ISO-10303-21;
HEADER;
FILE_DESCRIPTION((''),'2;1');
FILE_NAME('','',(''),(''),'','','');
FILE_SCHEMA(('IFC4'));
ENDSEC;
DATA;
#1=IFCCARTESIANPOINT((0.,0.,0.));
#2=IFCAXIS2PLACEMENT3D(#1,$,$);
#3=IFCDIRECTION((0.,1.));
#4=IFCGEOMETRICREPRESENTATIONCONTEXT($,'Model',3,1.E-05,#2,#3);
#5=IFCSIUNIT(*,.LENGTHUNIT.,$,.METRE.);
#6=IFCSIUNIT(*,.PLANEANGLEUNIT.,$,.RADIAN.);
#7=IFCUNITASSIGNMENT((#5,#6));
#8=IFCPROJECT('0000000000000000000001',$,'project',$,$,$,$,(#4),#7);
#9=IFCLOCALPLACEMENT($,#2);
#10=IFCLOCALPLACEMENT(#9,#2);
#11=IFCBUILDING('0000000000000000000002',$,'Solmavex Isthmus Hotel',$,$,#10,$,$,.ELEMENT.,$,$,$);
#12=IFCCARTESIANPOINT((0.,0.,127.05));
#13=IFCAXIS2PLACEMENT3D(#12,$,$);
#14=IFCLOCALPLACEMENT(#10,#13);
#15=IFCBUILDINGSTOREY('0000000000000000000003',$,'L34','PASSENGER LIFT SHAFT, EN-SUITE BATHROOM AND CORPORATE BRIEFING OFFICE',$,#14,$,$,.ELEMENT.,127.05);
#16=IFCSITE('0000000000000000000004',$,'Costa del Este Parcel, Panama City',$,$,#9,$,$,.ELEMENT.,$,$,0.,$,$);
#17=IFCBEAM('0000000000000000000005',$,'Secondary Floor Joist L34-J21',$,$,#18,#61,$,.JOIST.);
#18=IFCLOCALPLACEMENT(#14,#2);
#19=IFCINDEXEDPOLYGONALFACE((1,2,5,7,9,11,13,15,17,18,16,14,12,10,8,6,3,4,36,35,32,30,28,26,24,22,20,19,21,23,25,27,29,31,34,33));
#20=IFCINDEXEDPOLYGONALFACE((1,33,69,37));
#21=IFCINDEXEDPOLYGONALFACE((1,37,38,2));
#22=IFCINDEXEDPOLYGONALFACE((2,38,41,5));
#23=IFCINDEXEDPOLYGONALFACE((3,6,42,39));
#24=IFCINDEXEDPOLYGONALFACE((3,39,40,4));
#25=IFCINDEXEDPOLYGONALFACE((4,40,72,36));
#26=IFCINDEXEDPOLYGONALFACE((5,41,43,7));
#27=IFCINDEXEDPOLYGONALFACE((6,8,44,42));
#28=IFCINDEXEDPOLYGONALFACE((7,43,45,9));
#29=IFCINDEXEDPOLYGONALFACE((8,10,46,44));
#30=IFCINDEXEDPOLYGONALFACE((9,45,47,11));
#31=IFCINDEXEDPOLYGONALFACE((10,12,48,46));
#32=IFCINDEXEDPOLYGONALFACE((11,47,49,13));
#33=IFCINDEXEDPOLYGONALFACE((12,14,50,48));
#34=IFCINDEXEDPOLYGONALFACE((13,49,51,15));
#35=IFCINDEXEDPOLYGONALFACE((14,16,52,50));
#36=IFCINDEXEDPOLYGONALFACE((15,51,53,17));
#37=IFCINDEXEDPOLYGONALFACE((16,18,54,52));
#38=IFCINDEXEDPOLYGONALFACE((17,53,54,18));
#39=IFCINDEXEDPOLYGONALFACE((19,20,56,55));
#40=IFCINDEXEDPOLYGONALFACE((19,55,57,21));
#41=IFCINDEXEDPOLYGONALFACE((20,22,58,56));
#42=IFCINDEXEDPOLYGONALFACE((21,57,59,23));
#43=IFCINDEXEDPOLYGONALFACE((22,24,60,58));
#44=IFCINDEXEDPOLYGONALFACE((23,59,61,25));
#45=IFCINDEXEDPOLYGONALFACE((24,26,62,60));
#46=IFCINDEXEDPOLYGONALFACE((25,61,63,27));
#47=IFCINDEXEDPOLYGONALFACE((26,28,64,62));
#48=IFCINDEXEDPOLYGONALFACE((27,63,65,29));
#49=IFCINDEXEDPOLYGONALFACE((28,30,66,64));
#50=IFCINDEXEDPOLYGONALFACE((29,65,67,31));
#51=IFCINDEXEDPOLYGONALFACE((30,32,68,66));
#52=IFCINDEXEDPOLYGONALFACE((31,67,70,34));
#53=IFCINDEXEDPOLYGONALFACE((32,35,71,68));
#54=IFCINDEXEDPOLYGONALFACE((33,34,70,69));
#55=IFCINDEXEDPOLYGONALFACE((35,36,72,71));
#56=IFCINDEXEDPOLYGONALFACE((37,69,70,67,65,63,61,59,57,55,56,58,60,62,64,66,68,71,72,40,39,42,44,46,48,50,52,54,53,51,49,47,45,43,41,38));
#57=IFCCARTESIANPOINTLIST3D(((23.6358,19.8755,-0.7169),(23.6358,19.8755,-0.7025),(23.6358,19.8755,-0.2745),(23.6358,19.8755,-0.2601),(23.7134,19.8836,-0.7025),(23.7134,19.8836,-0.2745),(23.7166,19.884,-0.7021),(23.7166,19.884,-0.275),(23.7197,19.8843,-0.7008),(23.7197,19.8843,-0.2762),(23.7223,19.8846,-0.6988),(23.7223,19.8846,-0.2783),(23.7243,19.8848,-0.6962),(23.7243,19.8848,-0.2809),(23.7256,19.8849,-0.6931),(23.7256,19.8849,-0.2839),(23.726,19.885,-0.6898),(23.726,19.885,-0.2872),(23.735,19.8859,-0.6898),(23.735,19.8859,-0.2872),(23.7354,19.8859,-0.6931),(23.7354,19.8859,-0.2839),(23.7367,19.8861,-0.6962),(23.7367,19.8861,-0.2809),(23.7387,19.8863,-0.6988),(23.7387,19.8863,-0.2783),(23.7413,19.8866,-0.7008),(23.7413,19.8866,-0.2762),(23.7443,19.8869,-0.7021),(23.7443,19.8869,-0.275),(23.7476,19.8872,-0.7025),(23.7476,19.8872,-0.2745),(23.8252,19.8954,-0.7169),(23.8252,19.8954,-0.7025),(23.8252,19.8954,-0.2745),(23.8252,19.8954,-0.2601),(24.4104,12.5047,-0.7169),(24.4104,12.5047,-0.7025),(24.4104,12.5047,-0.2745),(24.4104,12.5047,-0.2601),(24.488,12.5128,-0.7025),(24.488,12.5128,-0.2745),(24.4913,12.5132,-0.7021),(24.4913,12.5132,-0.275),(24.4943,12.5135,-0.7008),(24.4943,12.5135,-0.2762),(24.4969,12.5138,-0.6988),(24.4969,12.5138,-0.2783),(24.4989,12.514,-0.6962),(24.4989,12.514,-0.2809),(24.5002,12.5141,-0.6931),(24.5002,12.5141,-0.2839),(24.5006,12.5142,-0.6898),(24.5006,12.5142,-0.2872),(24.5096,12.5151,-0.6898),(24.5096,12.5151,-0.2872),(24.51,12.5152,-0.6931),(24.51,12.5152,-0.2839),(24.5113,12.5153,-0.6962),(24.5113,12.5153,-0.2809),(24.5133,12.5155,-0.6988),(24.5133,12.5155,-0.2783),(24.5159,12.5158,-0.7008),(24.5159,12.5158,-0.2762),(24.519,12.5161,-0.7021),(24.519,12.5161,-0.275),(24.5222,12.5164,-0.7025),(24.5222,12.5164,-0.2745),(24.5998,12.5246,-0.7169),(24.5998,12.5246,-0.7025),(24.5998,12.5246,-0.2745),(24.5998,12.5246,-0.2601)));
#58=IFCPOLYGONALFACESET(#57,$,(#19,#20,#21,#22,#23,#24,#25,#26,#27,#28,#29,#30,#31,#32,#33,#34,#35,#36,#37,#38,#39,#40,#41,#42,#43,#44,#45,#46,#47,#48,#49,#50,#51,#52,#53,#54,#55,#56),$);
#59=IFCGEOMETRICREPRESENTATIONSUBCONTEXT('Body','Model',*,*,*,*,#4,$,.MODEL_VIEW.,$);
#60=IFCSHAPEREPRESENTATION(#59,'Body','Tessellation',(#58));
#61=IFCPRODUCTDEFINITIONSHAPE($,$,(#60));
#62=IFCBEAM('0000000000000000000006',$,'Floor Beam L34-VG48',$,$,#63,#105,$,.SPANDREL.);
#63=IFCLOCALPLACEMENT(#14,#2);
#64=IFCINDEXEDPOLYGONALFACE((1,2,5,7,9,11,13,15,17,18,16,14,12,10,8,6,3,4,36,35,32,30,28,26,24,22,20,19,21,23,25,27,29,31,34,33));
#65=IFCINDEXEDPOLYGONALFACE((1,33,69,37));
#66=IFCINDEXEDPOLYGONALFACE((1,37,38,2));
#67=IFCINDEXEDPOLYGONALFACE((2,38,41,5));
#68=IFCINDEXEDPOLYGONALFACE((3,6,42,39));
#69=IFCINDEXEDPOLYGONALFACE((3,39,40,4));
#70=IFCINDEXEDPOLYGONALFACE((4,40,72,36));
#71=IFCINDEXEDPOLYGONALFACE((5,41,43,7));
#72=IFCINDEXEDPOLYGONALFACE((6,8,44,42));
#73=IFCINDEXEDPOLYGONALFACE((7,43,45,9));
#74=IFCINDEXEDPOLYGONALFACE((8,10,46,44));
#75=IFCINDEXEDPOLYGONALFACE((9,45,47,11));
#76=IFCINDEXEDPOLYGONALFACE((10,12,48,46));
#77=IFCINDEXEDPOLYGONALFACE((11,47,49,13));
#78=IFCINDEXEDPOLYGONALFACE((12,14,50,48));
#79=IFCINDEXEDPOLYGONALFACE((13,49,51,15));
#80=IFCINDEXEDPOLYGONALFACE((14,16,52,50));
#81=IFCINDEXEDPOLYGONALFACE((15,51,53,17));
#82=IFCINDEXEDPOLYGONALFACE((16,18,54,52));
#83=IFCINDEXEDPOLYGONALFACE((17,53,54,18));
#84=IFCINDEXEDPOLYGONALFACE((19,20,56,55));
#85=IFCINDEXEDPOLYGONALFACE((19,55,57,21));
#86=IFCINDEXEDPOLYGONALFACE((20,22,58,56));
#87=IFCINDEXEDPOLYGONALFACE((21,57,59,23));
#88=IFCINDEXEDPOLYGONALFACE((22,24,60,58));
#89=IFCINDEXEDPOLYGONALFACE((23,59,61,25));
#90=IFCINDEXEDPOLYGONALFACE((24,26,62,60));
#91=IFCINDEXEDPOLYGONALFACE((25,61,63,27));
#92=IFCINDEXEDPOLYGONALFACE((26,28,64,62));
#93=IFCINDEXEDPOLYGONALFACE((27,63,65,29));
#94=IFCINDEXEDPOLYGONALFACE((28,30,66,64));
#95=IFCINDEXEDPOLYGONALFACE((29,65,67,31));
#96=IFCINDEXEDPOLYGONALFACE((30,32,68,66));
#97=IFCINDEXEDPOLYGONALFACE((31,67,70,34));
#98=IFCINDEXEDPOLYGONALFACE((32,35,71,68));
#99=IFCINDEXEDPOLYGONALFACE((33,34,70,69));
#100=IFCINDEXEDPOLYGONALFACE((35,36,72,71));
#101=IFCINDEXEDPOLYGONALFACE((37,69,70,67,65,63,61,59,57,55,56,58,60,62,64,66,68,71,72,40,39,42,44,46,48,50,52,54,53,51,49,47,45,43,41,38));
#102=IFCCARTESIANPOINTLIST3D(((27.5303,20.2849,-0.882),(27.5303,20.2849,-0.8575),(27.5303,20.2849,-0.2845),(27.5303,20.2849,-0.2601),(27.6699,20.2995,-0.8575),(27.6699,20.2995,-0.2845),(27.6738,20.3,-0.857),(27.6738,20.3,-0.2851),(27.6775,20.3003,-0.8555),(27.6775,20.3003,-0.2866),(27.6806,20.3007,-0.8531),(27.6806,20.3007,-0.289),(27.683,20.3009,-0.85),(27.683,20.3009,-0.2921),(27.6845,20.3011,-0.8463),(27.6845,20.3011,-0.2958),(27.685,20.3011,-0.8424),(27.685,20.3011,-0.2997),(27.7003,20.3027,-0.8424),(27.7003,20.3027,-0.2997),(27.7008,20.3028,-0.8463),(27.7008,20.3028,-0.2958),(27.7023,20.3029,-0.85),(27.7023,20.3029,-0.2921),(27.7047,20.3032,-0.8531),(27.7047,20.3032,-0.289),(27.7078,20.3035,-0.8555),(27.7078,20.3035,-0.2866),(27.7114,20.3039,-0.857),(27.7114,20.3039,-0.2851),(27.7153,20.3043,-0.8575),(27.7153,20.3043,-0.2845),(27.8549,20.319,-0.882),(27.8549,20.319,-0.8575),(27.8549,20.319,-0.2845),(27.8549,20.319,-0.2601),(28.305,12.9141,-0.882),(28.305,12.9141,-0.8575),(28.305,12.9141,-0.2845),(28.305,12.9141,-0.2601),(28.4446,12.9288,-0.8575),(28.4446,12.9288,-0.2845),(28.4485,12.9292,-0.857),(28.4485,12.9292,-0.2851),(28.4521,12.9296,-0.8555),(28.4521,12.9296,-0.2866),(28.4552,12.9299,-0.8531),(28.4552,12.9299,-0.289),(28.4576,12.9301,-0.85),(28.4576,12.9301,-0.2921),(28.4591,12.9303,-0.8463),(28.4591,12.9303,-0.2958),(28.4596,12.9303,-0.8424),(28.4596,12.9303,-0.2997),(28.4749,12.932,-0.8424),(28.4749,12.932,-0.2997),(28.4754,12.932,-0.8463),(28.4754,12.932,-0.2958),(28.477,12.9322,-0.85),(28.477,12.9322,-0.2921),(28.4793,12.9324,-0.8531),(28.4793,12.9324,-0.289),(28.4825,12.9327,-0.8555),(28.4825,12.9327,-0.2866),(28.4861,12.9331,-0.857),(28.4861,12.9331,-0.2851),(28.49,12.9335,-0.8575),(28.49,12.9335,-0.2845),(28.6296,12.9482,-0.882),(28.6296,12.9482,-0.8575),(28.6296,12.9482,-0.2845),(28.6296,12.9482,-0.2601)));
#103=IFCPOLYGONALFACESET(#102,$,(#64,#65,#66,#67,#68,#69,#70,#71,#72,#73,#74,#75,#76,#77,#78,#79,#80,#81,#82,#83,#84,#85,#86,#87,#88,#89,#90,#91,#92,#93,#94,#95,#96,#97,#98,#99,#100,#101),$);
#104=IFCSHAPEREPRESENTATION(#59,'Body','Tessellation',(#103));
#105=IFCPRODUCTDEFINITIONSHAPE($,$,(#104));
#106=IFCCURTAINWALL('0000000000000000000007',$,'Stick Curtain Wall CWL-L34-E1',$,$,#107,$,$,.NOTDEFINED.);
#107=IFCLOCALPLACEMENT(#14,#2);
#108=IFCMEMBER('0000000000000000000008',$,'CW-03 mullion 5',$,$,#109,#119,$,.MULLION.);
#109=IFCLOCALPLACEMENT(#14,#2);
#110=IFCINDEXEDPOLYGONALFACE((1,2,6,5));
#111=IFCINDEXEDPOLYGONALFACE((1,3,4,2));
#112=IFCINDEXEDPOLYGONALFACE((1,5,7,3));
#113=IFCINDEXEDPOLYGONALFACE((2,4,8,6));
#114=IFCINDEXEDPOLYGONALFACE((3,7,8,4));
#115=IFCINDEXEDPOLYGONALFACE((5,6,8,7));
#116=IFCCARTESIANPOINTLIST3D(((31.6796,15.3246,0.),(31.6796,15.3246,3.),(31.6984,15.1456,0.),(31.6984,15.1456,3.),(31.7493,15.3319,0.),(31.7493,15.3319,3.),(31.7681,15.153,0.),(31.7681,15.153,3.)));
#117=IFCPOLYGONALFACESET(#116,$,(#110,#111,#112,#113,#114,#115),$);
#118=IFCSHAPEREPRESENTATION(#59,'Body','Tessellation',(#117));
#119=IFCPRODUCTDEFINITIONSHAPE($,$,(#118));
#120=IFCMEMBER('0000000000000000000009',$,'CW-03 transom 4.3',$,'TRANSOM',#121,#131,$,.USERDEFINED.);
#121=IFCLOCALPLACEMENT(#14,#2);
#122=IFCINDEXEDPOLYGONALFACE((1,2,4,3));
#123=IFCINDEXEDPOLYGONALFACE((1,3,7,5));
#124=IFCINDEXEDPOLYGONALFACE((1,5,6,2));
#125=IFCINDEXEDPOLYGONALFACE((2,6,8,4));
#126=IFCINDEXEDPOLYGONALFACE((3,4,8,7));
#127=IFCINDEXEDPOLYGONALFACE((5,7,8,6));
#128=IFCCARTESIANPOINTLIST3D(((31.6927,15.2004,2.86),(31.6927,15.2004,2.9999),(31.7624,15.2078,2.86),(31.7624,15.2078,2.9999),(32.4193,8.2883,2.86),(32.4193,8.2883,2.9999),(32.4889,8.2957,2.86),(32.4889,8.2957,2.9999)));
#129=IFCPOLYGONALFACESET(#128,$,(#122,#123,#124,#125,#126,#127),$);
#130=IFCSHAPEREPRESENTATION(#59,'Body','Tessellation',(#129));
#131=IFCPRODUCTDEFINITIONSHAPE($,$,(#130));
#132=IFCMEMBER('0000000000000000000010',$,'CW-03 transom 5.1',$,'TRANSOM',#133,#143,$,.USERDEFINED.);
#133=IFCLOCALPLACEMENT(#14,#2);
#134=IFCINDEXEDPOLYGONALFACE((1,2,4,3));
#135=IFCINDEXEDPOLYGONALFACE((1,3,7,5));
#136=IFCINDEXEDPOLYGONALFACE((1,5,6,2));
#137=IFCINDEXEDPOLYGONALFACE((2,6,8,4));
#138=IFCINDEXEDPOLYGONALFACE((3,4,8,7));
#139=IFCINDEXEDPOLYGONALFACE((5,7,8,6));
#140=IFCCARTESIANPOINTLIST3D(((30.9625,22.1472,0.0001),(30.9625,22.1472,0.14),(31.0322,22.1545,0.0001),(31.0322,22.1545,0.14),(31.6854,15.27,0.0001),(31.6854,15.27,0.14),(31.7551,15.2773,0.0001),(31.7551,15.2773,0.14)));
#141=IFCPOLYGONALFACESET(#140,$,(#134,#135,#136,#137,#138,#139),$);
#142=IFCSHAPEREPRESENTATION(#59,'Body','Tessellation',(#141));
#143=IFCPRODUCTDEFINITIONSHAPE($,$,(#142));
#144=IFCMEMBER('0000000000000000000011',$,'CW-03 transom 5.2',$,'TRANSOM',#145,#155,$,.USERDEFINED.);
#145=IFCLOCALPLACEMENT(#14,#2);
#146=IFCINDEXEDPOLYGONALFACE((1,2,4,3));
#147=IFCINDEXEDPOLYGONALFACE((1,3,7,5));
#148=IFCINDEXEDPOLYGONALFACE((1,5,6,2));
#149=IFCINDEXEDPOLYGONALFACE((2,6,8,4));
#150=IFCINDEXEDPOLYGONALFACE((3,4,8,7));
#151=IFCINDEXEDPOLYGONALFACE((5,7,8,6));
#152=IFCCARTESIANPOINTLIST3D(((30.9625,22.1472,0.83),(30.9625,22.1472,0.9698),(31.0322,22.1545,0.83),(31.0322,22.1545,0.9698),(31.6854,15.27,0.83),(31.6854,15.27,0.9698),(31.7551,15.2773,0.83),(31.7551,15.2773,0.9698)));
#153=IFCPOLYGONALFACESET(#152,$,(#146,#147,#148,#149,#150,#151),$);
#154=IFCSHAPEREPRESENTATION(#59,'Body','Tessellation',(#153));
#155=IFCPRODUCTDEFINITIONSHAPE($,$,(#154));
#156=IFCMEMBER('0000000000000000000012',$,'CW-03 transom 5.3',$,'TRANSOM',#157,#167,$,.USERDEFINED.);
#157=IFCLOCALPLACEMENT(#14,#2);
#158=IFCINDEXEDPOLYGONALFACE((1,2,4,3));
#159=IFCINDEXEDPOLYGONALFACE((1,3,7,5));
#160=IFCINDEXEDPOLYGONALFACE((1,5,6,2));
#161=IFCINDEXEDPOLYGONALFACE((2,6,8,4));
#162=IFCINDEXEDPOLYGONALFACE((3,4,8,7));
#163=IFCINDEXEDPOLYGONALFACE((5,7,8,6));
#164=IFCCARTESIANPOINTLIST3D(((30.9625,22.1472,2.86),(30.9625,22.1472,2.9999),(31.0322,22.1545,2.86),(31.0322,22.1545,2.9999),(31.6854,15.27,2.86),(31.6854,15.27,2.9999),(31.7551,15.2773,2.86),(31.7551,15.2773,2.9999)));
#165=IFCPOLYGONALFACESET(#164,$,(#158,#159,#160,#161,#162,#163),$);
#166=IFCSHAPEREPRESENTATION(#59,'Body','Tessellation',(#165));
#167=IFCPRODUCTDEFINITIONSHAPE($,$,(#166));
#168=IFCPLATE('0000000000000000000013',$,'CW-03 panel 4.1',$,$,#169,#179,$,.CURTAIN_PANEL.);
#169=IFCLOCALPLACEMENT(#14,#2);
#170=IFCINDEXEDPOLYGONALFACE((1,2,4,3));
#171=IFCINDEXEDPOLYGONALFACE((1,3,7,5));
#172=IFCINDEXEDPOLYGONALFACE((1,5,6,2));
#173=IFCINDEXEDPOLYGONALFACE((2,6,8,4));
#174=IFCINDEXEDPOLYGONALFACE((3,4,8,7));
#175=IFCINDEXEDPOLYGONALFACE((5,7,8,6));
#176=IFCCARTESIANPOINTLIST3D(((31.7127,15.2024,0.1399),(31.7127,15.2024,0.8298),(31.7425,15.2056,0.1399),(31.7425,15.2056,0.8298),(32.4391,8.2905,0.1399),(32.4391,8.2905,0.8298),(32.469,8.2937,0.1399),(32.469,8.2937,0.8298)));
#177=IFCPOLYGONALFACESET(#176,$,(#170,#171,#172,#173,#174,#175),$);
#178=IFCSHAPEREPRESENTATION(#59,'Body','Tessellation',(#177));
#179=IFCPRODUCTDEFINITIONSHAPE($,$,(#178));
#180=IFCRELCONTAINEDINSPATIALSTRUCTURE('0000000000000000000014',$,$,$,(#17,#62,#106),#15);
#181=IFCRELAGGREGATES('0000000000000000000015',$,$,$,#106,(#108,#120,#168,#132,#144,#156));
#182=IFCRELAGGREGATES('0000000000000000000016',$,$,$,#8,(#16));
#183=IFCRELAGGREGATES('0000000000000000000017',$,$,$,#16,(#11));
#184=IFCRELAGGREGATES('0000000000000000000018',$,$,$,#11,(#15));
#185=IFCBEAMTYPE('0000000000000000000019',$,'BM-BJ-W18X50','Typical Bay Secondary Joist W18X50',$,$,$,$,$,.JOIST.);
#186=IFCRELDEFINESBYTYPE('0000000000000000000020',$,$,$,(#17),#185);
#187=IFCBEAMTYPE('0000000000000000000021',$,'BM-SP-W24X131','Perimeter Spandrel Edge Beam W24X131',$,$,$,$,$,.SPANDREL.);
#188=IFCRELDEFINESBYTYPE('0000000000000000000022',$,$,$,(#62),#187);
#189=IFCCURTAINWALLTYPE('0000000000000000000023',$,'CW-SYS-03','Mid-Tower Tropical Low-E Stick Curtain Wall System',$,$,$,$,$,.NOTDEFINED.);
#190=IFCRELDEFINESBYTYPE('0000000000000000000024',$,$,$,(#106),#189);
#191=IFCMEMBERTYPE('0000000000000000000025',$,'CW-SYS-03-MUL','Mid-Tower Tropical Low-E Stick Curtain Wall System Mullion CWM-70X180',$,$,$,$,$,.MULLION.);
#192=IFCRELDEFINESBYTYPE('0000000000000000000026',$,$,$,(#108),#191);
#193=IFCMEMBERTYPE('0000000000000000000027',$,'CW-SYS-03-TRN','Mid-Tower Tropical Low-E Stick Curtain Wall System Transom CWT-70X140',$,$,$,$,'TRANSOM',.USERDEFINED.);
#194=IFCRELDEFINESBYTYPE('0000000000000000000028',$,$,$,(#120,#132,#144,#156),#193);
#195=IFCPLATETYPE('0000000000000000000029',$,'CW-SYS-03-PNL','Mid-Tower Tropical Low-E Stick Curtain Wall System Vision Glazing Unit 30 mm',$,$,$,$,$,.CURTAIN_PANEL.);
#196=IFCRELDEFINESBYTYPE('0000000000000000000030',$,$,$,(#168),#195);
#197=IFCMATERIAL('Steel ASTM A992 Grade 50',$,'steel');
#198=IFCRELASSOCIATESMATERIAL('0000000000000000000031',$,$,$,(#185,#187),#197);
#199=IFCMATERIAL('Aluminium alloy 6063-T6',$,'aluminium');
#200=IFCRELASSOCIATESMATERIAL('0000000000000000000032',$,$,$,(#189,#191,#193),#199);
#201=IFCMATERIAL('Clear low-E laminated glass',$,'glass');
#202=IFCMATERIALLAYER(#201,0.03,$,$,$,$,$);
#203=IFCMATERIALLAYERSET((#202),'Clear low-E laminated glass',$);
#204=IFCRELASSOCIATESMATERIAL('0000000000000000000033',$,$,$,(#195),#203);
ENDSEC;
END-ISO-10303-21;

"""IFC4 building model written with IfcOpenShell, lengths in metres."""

from ifc_helpers import new_model, si_unit, direction, frame, origin, origin_2d, place, context, subcontext, project, spatial, rectangle, i_section, extrude, material, layer, layer_set, material_profile, profile_set, type_object, element, aggregate, save


model = new_model("IFC4")

# Units and contexts
model_context = context("Model", 3, precision=1e-05, world=origin(), true_north=direction((0.0, 1.0)))
body_context = subcontext(model_context, "Body", "Model", "MODEL_VIEW")
ifc_project = project(units=[si_unit("LENGTHUNIT", "METRE"), si_unit("PLANEANGLEUNIT", "RADIAN")], contexts=[model_context])

# Site, building, storey
site_placement = place(None, origin())
site = spatial("IfcSite", under=ifc_project, at=site_placement, Name="Costa del Este Parcel, Panama City", CompositionType="ELEMENT", RefElevation=0.0)
building_placement = place(site_placement, origin())
building = spatial("IfcBuilding", under=site, at=building_placement, Name="Solmavex Isthmus Hotel", CompositionType="ELEMENT")
storey_placement = place(building_placement, frame((0.0, 0.0, 127.05)))
storey = spatial("IfcBuildingStorey", under=building, at=storey_placement, Name="L34", Description="PASSENGER LIFT SHAFT, EN-SUITE BATHROOM AND CORPORATE BRIEFING OFFICE", CompositionType="ELEMENT", Elevation=127.05)

# Beams
ifc_material_1 = material(Name="Steel ASTM A992 Grade 50", Category="steel")
ifc_material_profile_1 = material_profile(ifc_material_1, i_section(OverallWidth=0.1904, OverallDepth=0.4568, WebThickness=0.009, FlangeThickness=0.0144, FilletRadius=0.0127, at=origin_2d()), Name="W18X50")
ifc_profile_set_1 = profile_set([ifc_material_profile_1], Name="Steel ASTM A992 Grade 50")
beam_type_1 = type_object("IfcBeamType", Name="BM-BJ-W18X50", Description="Typical Bay Secondary Joist W18X50", PredefinedType="JOIST", material=ifc_profile_set_1)
beam_1_placement = place(storey_placement, frame((24.5051, 12.5146, -0.4885), z_axis=(-0.104522, 0.994523, 0.0), x_axis=(-0.994523, -0.104522, 0.0)))
element("IfcBeam", 1, at=beam_1_placement, inside=storey, type_object=beam_type_1, Name="Secondary Floor Joist L34-J21", PredefinedType="JOIST", context=body_context, shape_type="SweptSolid", body=[
    extrude(i_section(OverallWidth=0.1904, OverallDepth=0.4568, WebThickness=0.009, FlangeThickness=0.0144, FilletRadius=0.0127, at=origin_2d()), origin(), (0.0, 0.0, 1.0), 7.4114),
])
ifc_material_profile_2 = material_profile(ifc_material_1, i_section(OverallWidth=0.3264, OverallDepth=0.6218, WebThickness=0.0154, FlangeThickness=0.0244, FilletRadius=0.0151, at=origin_2d()), Name="W24X131")
ifc_profile_set_2 = profile_set([ifc_material_profile_2], Name="Steel ASTM A992 Grade 50")
beam_type_2 = type_object("IfcBeamType", Name="BM-SP-W24X131", Description="Perimeter Spandrel Edge Beam W24X131", PredefinedType="SPANDREL", material=ifc_profile_set_2)
beam_2_placement = place(storey_placement, frame((28.4673, 12.9312, -0.571), z_axis=(-0.104522, 0.994523, 0.0), x_axis=(-0.994523, -0.104522, 0.0)))
element("IfcBeam", 2, at=beam_2_placement, inside=storey, type_object=beam_type_2, Name="Floor Beam L34-VG48", PredefinedType="SPANDREL", context=body_context, shape_type="SweptSolid", body=[
    extrude(i_section(OverallWidth=0.3264, OverallDepth=0.6218, WebThickness=0.0154, FlangeThickness=0.0244, FilletRadius=0.0151, at=origin_2d()), origin(), (0.0, 0.0, 1.0), 7.4114),
])

# Curtain wall, members, plate
ifc_material_2 = material(Name="Aluminium alloy 6063-T6", Category="aluminium")
curtain_wall_type = type_object("IfcCurtainWallType", Name="CW-SYS-03", Description="Mid-Tower Tropical Low-E Stick Curtain Wall System", PredefinedType="NOTDEFINED", material=ifc_material_2)
curtain_wall_placement = place(storey_placement, origin())
curtain_wall = element("IfcCurtainWall", 3, at=curtain_wall_placement, inside=storey, type_object=curtain_wall_type, Name="Stick Curtain Wall CWL-L34-E1", PredefinedType="NOTDEFINED")
ifc_material_profile_3 = material_profile(ifc_material_2, rectangle(XDim=0.0701, YDim=0.1799, at=origin_2d()), Name="CWM-70X180")
ifc_profile_set_3 = profile_set([ifc_material_profile_3], Name="Aluminium alloy 6063-T6")
member_type_1 = type_object("IfcMemberType", Name="CW-SYS-03-MUL", Description="Mid-Tower Tropical Low-E Stick Curtain Wall System Mullion CWM-70X180", PredefinedType="MULLION", material=ifc_profile_set_3)
member_1_placement = place(storey_placement, frame((31.7239, 15.2388, 0.0), z_axis=(0.0, 0.0, 1.0), x_axis=(-0.994522, -0.104528, 0.0)))
member_1 = element("IfcMember", 4, at=member_1_placement, type_object=member_type_1, Name="CW-03 mullion 5", PredefinedType="MULLION", context=body_context, shape_type="SweptSolid", body=[
    extrude(rectangle(XDim=0.0701, YDim=0.1799, at=origin_2d()), origin(), (0.0, 0.0, 1.0), 3.0),
])
ifc_material_profile_4 = material_profile(ifc_material_2, rectangle(XDim=0.0701, YDim=0.1399, at=origin_2d()), Name="CWT-70X140")
ifc_profile_set_4 = profile_set([ifc_material_profile_4], Name="Aluminium alloy 6063-T6")
member_type_2 = type_object("IfcMemberType", Name="CW-SYS-03-TRN", Description="Mid-Tower Tropical Low-E Stick Curtain Wall System Transom CWT-70X140", ElementType="TRANSOM", PredefinedType="USERDEFINED", material=ifc_profile_set_4)
member_2_placement = place(storey_placement, frame((32.4541, 8.292, 2.9299), z_axis=(-0.104539, 0.994521, 0.0), x_axis=(-0.994521, -0.104539, 0.0)))
member_2 = element("IfcMember", 5, at=member_2_placement, type_object=member_type_2, Name="CW-03 transom 4.3", ObjectType="TRANSOM", PredefinedType="USERDEFINED", context=body_context, shape_type="SweptSolid", body=[
    extrude(rectangle(XDim=0.0701, YDim=0.1399, at=origin_2d()), origin(), (0.0, 0.0, 1.0), 6.9502),
])
member_3_placement = place(storey_placement, frame((31.7202, 15.2737, 0.0701), z_axis=(-0.10454, 0.994521, 0.0), x_axis=(-0.994521, -0.10454, 0.0)))
member_3 = element("IfcMember", 6, at=member_3_placement, type_object=member_type_2, Name="CW-03 transom 5.1", ObjectType="TRANSOM", PredefinedType="USERDEFINED", context=body_context, shape_type="SweptSolid", body=[
    extrude(rectangle(XDim=0.0701, YDim=0.1399, at=origin_2d()), origin(), (0.0, 0.0, 1.0), 6.915),
])
member_4_placement = place(storey_placement, frame((31.7202, 15.2737, 0.8999), z_axis=(-0.10454, 0.994521, 0.0), x_axis=(-0.994521, -0.10454, 0.0)))
member_4 = element("IfcMember", 7, at=member_4_placement, type_object=member_type_2, Name="CW-03 transom 5.2", ObjectType="TRANSOM", PredefinedType="USERDEFINED", context=body_context, shape_type="SweptSolid", body=[
    extrude(rectangle(XDim=0.0701, YDim=0.1399, at=origin_2d()), origin(), (0.0, 0.0, 1.0), 6.915),
])
member_5_placement = place(storey_placement, frame((31.7202, 15.2737, 2.9299), z_axis=(-0.10454, 0.994521, 0.0), x_axis=(-0.994521, -0.10454, 0.0)))
member_5 = element("IfcMember", 8, at=member_5_placement, type_object=member_type_2, Name="CW-03 transom 5.3", ObjectType="TRANSOM", PredefinedType="USERDEFINED", context=body_context, shape_type="SweptSolid", body=[
    extrude(rectangle(XDim=0.0701, YDim=0.1399, at=origin_2d()), origin(), (0.0, 0.0, 1.0), 6.915),
])
ifc_material_3 = material(Name="Clear low-E laminated glass", Category="glass")
ifc_layer_1 = layer(ifc_material_3, 0.03)
ifc_layer_set_1 = layer_set([ifc_layer_1], Name="Clear low-E laminated glass")
plate_type = type_object("IfcPlateType", Name="CW-SYS-03-PNL", Description="Mid-Tower Tropical Low-E Stick Curtain Wall System Vision Glazing Unit 30 mm", PredefinedType="CURTAIN_PANEL", material=ifc_layer_set_1)
plate_1_placement = place(storey_placement, frame((32.0908, 11.748, 0.1399), z_axis=(0.0, 0.0, 1.0), x_axis=(-0.104528, 0.994522, 0.0)))
plate_1 = element("IfcPlate", 9, at=plate_1_placement, type_object=plate_type, Name="CW-03 panel 4.1", PredefinedType="CURTAIN_PANEL", context=body_context, shape_type="SweptSolid", body=[
    extrude(rectangle(XDim=6.95, YDim=0.03, at=origin_2d()), origin(), (0.0, 0.0, 1.0), 0.6899),
])
aggregate(curtain_wall, [member_1, member_2, plate_1, member_3, member_4, member_5])

save(model, "model.ifc")
